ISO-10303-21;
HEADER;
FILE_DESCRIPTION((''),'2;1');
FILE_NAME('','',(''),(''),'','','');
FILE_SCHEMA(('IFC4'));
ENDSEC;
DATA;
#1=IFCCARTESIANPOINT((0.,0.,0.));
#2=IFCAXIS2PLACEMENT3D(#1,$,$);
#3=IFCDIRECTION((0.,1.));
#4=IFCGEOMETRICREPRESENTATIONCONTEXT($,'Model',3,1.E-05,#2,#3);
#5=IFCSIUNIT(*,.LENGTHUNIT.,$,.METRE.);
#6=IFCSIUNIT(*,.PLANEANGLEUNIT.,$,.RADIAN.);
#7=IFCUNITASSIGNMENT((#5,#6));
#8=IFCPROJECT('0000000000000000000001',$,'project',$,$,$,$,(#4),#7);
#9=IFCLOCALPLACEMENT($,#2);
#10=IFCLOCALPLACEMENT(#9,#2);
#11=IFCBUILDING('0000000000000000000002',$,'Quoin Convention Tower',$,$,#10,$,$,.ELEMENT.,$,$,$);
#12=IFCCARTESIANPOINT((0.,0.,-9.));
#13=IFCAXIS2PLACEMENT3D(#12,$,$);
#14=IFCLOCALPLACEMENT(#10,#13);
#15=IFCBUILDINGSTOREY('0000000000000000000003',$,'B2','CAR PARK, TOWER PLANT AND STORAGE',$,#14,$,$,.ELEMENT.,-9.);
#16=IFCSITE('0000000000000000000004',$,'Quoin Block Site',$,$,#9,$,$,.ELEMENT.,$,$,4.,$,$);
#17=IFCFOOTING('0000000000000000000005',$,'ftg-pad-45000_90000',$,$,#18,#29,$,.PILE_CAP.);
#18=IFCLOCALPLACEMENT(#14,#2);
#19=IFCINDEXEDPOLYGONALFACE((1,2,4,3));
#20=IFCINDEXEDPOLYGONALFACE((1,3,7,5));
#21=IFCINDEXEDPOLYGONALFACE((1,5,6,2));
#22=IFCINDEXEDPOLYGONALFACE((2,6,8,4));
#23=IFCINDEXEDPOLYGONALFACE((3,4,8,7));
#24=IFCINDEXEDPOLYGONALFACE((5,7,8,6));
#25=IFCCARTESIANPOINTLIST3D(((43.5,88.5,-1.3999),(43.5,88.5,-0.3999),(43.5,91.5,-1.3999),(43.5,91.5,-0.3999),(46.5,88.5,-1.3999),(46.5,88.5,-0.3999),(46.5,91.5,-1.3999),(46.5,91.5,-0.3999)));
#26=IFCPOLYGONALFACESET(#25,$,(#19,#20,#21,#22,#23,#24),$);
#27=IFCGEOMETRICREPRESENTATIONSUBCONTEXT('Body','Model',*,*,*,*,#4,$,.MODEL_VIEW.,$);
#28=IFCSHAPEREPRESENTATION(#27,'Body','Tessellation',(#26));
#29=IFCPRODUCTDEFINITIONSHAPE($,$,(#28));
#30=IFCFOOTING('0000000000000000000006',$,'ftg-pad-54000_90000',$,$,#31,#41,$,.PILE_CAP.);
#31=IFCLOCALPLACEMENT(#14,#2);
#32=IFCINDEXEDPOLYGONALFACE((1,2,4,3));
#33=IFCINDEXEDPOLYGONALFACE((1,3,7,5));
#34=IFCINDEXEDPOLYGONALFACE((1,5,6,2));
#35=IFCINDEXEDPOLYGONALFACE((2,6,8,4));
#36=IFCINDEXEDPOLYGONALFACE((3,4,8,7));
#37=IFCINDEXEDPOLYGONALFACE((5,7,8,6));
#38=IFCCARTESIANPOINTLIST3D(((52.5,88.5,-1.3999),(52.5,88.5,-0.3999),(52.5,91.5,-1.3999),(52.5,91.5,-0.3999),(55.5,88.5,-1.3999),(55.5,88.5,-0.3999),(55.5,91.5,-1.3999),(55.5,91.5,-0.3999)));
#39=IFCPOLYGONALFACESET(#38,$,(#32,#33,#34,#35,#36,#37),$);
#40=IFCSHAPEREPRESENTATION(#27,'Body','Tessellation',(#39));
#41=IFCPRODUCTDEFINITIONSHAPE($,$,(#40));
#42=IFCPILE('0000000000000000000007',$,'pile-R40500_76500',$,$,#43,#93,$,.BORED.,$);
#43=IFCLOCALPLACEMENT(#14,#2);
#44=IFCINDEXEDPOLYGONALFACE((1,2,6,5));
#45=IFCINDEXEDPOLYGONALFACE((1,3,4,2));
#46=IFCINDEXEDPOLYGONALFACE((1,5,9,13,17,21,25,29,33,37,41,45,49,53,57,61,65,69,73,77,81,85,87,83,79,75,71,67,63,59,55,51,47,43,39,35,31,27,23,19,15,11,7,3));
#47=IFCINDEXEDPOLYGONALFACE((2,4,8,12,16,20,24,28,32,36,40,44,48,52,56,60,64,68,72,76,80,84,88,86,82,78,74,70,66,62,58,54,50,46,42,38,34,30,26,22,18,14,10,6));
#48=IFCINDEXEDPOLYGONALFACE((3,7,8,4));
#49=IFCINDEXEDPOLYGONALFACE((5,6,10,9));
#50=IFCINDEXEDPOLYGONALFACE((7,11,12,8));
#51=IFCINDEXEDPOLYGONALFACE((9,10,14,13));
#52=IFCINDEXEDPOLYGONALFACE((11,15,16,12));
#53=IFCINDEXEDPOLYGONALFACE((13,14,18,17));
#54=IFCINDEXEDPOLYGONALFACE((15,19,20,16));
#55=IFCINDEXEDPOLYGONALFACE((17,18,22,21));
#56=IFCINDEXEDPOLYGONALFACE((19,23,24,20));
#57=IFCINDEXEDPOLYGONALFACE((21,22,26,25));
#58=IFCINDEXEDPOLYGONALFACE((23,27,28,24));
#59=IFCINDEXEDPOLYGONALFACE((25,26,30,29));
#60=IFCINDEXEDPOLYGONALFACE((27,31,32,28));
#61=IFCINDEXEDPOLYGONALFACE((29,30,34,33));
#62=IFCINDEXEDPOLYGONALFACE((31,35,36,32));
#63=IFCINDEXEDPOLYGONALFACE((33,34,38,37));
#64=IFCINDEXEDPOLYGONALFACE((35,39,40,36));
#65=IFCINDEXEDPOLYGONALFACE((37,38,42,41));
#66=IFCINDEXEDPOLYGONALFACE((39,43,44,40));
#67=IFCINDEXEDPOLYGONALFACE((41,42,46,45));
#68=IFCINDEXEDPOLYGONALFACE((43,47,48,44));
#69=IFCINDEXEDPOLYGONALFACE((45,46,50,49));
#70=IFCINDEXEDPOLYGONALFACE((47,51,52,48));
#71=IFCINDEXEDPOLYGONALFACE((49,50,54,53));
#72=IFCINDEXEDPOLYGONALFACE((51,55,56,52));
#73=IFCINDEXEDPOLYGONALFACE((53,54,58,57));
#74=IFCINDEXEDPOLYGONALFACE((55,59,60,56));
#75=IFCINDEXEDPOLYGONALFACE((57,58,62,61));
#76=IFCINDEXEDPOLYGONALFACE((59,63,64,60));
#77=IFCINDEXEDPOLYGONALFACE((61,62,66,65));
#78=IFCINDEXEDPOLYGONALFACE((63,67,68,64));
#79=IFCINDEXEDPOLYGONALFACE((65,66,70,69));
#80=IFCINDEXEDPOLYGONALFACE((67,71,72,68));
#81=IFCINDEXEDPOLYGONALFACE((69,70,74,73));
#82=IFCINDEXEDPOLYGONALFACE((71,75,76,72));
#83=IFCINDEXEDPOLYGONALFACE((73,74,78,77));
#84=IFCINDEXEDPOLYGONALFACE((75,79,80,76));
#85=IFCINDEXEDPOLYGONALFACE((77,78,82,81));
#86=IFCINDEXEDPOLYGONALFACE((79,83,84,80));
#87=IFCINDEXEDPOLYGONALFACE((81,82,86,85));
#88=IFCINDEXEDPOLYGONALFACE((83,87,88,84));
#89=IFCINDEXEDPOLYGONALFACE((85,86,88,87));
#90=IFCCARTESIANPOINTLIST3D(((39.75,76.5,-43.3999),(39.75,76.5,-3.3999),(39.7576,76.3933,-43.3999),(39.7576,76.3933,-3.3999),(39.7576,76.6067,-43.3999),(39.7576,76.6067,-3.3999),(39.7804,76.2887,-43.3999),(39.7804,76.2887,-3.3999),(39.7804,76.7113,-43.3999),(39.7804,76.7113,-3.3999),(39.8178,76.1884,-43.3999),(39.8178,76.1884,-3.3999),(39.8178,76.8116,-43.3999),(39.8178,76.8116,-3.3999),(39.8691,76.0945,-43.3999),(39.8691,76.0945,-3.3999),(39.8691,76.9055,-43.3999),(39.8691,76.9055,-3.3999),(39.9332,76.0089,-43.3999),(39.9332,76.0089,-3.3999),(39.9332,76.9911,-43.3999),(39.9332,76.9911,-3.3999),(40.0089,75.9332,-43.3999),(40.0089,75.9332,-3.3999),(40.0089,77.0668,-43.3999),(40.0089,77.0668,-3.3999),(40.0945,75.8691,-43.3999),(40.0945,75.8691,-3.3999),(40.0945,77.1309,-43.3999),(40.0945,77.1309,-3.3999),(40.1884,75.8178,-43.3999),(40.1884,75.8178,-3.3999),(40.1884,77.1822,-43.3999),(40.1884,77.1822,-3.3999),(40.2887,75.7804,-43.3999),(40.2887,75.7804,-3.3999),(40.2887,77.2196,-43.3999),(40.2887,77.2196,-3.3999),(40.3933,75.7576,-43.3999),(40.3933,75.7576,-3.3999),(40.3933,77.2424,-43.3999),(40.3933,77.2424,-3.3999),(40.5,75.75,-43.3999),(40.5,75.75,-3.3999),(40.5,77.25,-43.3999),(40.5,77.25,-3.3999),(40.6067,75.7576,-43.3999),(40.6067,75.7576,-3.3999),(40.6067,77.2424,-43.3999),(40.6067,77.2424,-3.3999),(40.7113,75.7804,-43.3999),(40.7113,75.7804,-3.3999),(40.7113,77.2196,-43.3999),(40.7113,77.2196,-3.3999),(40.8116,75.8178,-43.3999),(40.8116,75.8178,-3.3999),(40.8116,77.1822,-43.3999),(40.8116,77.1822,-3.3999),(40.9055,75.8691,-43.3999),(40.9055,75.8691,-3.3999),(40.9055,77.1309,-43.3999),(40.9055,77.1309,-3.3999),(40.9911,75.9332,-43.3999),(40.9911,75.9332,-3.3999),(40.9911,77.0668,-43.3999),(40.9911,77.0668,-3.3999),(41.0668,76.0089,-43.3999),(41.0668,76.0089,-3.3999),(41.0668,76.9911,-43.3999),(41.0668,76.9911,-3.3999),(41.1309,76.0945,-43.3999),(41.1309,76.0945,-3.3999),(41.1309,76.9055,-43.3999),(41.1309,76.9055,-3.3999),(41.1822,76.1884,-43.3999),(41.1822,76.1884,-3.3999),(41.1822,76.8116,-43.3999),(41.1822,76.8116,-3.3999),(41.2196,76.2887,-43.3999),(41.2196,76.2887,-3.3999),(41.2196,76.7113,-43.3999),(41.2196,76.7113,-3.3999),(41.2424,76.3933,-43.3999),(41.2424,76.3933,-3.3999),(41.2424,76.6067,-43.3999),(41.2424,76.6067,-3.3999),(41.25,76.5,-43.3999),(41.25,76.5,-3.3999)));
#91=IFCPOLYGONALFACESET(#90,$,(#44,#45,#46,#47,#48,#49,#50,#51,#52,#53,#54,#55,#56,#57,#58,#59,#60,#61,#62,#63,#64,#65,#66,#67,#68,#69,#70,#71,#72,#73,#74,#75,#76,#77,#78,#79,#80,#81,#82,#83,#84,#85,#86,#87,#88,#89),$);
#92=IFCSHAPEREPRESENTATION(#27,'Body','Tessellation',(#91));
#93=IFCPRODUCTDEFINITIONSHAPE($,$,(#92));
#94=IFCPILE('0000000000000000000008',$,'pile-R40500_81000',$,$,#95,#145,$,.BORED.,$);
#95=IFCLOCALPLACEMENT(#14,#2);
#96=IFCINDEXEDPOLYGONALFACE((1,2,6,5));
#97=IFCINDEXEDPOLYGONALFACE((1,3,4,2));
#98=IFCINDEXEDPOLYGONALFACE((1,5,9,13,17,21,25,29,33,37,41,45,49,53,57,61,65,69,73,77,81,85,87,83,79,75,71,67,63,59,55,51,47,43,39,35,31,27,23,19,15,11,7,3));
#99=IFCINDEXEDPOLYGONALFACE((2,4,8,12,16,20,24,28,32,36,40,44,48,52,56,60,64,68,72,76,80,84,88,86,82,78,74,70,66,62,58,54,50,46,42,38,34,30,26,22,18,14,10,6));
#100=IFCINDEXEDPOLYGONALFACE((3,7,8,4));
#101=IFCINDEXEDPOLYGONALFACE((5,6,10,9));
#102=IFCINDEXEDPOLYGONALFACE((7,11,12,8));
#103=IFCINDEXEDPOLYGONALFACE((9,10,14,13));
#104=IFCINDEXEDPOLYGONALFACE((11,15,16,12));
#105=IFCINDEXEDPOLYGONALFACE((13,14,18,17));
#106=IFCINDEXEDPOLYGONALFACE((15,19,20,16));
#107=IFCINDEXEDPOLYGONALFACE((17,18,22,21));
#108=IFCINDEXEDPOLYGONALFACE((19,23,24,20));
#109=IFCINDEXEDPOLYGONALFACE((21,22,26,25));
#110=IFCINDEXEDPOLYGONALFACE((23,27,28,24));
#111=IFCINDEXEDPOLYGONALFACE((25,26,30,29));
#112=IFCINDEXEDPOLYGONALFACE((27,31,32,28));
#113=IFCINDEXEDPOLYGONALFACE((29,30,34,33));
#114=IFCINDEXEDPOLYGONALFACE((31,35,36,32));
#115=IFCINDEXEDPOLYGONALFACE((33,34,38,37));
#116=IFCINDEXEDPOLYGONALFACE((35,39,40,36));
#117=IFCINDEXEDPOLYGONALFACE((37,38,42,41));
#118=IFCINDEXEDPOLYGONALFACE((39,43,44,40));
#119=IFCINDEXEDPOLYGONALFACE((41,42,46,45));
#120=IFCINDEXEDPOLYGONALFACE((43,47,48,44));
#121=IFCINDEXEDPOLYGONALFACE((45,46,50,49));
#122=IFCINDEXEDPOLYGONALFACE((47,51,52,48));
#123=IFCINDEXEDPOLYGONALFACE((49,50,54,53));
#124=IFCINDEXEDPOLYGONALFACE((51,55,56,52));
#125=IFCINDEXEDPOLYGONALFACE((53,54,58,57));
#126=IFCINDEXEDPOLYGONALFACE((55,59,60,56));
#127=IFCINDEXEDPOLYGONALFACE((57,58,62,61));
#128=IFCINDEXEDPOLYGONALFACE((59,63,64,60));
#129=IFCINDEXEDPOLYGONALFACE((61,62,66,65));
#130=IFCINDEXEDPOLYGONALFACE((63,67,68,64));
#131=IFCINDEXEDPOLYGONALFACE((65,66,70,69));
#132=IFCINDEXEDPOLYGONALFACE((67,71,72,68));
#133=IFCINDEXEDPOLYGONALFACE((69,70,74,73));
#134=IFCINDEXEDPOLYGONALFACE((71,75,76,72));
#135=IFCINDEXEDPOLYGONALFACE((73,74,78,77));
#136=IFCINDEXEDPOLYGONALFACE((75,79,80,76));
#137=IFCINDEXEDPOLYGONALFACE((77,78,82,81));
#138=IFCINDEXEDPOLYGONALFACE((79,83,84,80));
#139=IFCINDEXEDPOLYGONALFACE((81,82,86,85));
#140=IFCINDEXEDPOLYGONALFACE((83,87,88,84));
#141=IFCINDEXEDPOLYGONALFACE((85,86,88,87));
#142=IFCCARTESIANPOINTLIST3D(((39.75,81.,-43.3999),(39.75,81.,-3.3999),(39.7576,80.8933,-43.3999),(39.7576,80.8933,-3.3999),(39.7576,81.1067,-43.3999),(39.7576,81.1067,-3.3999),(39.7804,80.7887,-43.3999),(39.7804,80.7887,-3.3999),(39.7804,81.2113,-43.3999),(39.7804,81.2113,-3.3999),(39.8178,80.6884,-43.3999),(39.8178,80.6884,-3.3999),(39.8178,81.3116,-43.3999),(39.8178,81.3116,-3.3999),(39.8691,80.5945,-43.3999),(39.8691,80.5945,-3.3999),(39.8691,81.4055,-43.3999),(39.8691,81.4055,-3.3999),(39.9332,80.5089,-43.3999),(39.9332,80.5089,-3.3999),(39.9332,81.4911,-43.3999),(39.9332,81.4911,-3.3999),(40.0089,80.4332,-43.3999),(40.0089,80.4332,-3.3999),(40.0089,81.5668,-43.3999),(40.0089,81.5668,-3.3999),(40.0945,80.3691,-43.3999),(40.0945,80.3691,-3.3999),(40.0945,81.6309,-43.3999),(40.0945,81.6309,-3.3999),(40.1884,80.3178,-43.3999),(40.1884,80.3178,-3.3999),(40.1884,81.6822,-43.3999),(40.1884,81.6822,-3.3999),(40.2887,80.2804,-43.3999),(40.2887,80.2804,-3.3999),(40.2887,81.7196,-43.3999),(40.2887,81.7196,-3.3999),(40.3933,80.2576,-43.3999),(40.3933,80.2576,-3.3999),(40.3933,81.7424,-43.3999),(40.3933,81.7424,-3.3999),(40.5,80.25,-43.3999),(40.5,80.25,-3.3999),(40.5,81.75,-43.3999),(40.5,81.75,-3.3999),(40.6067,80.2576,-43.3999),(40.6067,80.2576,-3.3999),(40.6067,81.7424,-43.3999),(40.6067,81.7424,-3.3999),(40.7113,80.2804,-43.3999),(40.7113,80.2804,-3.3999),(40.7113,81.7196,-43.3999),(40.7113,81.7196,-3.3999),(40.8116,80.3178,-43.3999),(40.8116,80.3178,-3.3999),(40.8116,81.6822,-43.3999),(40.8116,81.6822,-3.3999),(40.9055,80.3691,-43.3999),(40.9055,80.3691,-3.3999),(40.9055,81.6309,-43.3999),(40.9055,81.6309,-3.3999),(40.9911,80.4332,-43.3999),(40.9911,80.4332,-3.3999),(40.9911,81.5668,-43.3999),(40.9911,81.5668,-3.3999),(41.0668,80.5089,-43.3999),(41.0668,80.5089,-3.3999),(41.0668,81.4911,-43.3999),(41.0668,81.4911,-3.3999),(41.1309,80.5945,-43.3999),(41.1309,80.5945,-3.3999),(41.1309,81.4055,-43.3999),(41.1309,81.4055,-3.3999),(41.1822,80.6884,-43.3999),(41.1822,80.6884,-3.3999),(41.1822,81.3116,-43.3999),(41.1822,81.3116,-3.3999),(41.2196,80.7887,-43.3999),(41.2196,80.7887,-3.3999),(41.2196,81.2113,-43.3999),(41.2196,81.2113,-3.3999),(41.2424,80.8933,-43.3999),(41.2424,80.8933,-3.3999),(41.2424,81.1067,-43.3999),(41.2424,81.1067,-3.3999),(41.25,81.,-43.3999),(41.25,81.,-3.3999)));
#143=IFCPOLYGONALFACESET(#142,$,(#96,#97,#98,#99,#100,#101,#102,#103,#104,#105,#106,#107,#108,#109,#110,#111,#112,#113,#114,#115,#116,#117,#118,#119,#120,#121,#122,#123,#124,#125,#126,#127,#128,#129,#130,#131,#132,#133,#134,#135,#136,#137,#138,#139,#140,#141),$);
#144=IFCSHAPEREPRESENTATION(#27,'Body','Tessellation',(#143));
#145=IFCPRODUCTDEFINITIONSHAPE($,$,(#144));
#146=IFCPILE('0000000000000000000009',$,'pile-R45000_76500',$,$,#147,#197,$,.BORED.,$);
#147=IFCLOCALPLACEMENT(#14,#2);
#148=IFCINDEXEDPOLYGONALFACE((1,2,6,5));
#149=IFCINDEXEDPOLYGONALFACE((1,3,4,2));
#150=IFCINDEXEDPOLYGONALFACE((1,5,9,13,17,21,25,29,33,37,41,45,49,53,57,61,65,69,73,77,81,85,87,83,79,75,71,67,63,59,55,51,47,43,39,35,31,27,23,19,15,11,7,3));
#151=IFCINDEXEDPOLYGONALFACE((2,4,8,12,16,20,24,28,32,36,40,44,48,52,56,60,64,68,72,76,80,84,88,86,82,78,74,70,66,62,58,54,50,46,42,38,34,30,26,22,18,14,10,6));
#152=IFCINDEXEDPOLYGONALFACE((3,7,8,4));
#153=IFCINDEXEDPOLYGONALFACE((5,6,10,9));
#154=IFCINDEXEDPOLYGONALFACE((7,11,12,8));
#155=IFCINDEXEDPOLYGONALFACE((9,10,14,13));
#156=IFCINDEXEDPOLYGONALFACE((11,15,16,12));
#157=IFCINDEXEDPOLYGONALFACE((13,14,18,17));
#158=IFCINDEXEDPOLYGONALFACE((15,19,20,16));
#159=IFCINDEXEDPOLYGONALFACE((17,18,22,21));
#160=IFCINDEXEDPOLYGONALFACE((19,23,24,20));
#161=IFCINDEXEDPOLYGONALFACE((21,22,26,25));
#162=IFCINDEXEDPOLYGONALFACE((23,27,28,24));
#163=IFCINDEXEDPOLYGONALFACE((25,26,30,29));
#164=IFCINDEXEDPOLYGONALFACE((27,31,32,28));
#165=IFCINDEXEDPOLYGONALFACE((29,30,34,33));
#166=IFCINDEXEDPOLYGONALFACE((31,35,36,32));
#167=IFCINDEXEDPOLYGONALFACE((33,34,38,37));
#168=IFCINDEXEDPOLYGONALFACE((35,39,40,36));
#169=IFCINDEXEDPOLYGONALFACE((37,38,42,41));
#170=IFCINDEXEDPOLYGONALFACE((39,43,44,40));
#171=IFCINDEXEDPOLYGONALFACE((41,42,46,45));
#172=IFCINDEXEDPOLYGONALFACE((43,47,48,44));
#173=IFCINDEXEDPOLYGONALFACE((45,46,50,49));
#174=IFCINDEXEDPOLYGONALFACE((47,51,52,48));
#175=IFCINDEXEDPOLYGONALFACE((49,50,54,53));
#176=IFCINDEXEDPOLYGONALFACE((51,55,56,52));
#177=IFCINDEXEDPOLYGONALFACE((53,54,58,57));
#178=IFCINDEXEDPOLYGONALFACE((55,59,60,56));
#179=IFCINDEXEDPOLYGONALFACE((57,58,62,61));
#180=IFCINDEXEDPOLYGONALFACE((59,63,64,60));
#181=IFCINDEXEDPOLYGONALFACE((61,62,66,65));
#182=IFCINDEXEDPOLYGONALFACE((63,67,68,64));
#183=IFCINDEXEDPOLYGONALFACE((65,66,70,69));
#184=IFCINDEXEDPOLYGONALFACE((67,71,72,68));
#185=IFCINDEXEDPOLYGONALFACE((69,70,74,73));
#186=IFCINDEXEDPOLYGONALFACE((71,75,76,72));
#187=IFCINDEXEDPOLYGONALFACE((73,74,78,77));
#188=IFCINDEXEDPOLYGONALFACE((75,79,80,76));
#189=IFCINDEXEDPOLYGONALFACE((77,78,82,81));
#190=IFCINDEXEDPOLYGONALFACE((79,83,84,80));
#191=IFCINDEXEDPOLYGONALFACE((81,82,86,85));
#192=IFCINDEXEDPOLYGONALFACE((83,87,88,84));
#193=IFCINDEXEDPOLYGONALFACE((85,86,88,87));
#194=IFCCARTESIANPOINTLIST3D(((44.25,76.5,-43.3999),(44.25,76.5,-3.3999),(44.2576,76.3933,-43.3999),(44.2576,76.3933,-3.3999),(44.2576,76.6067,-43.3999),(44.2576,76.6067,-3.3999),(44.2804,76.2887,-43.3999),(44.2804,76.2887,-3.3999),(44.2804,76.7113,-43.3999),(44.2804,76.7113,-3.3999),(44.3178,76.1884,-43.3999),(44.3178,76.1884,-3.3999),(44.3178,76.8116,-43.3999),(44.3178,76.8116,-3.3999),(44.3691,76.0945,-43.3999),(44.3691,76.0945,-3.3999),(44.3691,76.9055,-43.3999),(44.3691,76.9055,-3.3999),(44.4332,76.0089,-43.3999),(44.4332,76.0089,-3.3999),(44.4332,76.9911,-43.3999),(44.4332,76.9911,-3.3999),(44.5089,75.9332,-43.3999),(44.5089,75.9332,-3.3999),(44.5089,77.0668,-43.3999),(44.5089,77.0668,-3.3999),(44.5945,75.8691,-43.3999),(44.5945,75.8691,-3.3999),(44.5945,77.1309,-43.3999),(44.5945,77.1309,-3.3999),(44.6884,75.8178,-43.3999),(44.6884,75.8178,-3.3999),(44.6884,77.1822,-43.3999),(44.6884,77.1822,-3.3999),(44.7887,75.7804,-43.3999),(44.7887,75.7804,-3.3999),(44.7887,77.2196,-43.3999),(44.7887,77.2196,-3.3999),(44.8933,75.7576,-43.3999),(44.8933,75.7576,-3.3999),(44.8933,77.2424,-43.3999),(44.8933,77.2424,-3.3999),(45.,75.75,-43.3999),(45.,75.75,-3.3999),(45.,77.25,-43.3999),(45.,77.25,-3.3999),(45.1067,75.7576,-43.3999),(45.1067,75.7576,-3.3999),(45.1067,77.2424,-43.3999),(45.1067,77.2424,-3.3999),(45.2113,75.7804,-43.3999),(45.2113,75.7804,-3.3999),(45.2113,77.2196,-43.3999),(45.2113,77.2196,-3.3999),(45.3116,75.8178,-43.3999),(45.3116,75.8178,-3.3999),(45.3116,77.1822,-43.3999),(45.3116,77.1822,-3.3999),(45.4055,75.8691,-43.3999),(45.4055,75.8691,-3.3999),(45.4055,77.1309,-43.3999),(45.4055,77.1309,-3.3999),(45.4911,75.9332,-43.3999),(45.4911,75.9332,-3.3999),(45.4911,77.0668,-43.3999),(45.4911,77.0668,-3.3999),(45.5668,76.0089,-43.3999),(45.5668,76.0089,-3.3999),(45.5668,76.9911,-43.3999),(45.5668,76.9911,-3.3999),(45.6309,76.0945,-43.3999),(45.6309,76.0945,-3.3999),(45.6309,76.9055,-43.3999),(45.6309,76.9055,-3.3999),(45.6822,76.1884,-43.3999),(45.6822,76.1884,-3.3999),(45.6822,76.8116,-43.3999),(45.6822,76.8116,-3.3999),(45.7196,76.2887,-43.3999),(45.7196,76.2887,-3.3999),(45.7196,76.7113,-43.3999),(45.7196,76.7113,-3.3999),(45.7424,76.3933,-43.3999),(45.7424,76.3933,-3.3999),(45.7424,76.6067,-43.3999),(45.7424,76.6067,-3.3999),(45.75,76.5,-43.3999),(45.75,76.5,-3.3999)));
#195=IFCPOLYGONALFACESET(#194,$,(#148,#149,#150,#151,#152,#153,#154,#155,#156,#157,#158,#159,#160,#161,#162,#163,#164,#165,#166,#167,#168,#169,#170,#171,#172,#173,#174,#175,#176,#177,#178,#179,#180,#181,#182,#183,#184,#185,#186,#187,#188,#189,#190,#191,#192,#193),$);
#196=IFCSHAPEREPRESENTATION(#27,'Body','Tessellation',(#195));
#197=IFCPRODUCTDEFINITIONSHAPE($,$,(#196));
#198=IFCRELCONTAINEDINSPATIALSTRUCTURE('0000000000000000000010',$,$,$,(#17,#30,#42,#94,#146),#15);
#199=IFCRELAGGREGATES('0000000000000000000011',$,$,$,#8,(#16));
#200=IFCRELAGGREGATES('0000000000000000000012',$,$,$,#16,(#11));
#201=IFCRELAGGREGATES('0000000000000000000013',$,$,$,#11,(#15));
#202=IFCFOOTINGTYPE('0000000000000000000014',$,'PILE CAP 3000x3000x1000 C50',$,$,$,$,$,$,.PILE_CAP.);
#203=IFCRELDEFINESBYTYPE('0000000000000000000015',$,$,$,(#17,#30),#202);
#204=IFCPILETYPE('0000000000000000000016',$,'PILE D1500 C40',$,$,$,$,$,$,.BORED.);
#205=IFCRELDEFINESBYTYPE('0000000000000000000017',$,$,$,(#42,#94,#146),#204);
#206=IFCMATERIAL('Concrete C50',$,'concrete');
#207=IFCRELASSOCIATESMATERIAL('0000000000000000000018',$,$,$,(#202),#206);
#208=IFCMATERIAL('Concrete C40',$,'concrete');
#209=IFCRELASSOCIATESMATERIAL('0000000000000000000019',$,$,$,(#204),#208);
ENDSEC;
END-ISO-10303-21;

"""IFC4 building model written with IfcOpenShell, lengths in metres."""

from ifc_helpers import new_model, si_unit, direction, frame, origin, origin_2d, place, context, subcontext, project, spatial, rectangle, circle, extrude, material, material_profile, profile_set, type_object, element, save


model = new_model("IFC4")

# Units and contexts
model_context = context("Model", 3, precision=1e-05, world=origin(), true_north=direction((0.0, 1.0)))
body_context = subcontext(model_context, "Body", "Model", "MODEL_VIEW")
ifc_project = project(units=[si_unit("LENGTHUNIT", "METRE"), si_unit("PLANEANGLEUNIT", "RADIAN")], contexts=[model_context])

# Site, building, storey
site_placement = place(None, origin())
site = spatial("IfcSite", under=ifc_project, at=site_placement, Name="Quoin Block Site", CompositionType="ELEMENT", RefElevation=4.0)
building_placement = place(site_placement, origin())
building = spatial("IfcBuilding", under=site, at=building_placement, Name="Quoin Convention Tower", CompositionType="ELEMENT")
storey_placement = place(building_placement, frame((0.0, 0.0, -9.0)))
storey = spatial("IfcBuildingStorey", under=building, at=storey_placement, Name="B2", Description="CAR PARK, TOWER PLANT AND STORAGE", CompositionType="ELEMENT", Elevation=-9.0)

# Footings
ifc_material_1 = material(Name="Concrete C50", Category="concrete")
footing_type = type_object("IfcFootingType", Name="PILE CAP 3000x3000x1000 C50", PredefinedType="PILE_CAP", material=ifc_material_1)
for number, where, z_axis, x_axis, name in (
    (1, (45.0, 90.0, -1.3999), (0.0, 0.0, 1.0), (1.0, 0.0, 0.0), "ftg-pad-45000_90000"),
    (2, (54.0, 90.0, -1.3999), (0.0, 0.0, 1.0), (1.0, 0.0, 0.0), "ftg-pad-54000_90000"),
):
    element("IfcFooting", number, at=place(storey_placement, frame(where, z_axis=z_axis, x_axis=x_axis)), inside=storey, type_object=footing_type, Name=name, PredefinedType="PILE_CAP", context=body_context, shape_type="SweptSolid", body=[
        extrude(rectangle(XDim=3.0, YDim=3.0, at=origin_2d()), origin(), (0.0, 0.0, 1.0), 1.0),
    ])

# Piles
ifc_material_2 = material(Name="Concrete C40", Category="concrete")
ifc_material_profile_1 = material_profile(ifc_material_2, circle(Radius=0.75, at=origin_2d()), Name="D1500")
ifc_profile_set_1 = profile_set([ifc_material_profile_1], Name="Concrete C40")
pile_type = type_object("IfcPileType", Name="PILE D1500 C40", PredefinedType="BORED", material=ifc_profile_set_1)
for number, where, z_axis, x_axis, name in (
    (3, (40.5, 76.5, -3.3999), (0.0, 0.0, -1.0), (1.0, 0.0, 0.0), "pile-R40500_76500"),
    (4, (40.5, 81.0, -3.3999), (0.0, 0.0, -1.0), (1.0, 0.0, 0.0), "pile-R40500_81000"),
    (5, (45.0, 76.5, -3.3999), (0.0, 0.0, -1.0), (1.0, 0.0, 0.0), "pile-R45000_76500"),
):
    element("IfcPile", number, at=place(storey_placement, frame(where, z_axis=z_axis, x_axis=x_axis)), inside=storey, type_object=pile_type, Name=name, PredefinedType="BORED", context=body_context, shape_type="SweptSolid", body=[
        extrude(circle(Radius=0.75, at=origin_2d()), origin(), (0.0, 0.0, 1.0), 40.0),
    ])

save(model, "model.ifc")
